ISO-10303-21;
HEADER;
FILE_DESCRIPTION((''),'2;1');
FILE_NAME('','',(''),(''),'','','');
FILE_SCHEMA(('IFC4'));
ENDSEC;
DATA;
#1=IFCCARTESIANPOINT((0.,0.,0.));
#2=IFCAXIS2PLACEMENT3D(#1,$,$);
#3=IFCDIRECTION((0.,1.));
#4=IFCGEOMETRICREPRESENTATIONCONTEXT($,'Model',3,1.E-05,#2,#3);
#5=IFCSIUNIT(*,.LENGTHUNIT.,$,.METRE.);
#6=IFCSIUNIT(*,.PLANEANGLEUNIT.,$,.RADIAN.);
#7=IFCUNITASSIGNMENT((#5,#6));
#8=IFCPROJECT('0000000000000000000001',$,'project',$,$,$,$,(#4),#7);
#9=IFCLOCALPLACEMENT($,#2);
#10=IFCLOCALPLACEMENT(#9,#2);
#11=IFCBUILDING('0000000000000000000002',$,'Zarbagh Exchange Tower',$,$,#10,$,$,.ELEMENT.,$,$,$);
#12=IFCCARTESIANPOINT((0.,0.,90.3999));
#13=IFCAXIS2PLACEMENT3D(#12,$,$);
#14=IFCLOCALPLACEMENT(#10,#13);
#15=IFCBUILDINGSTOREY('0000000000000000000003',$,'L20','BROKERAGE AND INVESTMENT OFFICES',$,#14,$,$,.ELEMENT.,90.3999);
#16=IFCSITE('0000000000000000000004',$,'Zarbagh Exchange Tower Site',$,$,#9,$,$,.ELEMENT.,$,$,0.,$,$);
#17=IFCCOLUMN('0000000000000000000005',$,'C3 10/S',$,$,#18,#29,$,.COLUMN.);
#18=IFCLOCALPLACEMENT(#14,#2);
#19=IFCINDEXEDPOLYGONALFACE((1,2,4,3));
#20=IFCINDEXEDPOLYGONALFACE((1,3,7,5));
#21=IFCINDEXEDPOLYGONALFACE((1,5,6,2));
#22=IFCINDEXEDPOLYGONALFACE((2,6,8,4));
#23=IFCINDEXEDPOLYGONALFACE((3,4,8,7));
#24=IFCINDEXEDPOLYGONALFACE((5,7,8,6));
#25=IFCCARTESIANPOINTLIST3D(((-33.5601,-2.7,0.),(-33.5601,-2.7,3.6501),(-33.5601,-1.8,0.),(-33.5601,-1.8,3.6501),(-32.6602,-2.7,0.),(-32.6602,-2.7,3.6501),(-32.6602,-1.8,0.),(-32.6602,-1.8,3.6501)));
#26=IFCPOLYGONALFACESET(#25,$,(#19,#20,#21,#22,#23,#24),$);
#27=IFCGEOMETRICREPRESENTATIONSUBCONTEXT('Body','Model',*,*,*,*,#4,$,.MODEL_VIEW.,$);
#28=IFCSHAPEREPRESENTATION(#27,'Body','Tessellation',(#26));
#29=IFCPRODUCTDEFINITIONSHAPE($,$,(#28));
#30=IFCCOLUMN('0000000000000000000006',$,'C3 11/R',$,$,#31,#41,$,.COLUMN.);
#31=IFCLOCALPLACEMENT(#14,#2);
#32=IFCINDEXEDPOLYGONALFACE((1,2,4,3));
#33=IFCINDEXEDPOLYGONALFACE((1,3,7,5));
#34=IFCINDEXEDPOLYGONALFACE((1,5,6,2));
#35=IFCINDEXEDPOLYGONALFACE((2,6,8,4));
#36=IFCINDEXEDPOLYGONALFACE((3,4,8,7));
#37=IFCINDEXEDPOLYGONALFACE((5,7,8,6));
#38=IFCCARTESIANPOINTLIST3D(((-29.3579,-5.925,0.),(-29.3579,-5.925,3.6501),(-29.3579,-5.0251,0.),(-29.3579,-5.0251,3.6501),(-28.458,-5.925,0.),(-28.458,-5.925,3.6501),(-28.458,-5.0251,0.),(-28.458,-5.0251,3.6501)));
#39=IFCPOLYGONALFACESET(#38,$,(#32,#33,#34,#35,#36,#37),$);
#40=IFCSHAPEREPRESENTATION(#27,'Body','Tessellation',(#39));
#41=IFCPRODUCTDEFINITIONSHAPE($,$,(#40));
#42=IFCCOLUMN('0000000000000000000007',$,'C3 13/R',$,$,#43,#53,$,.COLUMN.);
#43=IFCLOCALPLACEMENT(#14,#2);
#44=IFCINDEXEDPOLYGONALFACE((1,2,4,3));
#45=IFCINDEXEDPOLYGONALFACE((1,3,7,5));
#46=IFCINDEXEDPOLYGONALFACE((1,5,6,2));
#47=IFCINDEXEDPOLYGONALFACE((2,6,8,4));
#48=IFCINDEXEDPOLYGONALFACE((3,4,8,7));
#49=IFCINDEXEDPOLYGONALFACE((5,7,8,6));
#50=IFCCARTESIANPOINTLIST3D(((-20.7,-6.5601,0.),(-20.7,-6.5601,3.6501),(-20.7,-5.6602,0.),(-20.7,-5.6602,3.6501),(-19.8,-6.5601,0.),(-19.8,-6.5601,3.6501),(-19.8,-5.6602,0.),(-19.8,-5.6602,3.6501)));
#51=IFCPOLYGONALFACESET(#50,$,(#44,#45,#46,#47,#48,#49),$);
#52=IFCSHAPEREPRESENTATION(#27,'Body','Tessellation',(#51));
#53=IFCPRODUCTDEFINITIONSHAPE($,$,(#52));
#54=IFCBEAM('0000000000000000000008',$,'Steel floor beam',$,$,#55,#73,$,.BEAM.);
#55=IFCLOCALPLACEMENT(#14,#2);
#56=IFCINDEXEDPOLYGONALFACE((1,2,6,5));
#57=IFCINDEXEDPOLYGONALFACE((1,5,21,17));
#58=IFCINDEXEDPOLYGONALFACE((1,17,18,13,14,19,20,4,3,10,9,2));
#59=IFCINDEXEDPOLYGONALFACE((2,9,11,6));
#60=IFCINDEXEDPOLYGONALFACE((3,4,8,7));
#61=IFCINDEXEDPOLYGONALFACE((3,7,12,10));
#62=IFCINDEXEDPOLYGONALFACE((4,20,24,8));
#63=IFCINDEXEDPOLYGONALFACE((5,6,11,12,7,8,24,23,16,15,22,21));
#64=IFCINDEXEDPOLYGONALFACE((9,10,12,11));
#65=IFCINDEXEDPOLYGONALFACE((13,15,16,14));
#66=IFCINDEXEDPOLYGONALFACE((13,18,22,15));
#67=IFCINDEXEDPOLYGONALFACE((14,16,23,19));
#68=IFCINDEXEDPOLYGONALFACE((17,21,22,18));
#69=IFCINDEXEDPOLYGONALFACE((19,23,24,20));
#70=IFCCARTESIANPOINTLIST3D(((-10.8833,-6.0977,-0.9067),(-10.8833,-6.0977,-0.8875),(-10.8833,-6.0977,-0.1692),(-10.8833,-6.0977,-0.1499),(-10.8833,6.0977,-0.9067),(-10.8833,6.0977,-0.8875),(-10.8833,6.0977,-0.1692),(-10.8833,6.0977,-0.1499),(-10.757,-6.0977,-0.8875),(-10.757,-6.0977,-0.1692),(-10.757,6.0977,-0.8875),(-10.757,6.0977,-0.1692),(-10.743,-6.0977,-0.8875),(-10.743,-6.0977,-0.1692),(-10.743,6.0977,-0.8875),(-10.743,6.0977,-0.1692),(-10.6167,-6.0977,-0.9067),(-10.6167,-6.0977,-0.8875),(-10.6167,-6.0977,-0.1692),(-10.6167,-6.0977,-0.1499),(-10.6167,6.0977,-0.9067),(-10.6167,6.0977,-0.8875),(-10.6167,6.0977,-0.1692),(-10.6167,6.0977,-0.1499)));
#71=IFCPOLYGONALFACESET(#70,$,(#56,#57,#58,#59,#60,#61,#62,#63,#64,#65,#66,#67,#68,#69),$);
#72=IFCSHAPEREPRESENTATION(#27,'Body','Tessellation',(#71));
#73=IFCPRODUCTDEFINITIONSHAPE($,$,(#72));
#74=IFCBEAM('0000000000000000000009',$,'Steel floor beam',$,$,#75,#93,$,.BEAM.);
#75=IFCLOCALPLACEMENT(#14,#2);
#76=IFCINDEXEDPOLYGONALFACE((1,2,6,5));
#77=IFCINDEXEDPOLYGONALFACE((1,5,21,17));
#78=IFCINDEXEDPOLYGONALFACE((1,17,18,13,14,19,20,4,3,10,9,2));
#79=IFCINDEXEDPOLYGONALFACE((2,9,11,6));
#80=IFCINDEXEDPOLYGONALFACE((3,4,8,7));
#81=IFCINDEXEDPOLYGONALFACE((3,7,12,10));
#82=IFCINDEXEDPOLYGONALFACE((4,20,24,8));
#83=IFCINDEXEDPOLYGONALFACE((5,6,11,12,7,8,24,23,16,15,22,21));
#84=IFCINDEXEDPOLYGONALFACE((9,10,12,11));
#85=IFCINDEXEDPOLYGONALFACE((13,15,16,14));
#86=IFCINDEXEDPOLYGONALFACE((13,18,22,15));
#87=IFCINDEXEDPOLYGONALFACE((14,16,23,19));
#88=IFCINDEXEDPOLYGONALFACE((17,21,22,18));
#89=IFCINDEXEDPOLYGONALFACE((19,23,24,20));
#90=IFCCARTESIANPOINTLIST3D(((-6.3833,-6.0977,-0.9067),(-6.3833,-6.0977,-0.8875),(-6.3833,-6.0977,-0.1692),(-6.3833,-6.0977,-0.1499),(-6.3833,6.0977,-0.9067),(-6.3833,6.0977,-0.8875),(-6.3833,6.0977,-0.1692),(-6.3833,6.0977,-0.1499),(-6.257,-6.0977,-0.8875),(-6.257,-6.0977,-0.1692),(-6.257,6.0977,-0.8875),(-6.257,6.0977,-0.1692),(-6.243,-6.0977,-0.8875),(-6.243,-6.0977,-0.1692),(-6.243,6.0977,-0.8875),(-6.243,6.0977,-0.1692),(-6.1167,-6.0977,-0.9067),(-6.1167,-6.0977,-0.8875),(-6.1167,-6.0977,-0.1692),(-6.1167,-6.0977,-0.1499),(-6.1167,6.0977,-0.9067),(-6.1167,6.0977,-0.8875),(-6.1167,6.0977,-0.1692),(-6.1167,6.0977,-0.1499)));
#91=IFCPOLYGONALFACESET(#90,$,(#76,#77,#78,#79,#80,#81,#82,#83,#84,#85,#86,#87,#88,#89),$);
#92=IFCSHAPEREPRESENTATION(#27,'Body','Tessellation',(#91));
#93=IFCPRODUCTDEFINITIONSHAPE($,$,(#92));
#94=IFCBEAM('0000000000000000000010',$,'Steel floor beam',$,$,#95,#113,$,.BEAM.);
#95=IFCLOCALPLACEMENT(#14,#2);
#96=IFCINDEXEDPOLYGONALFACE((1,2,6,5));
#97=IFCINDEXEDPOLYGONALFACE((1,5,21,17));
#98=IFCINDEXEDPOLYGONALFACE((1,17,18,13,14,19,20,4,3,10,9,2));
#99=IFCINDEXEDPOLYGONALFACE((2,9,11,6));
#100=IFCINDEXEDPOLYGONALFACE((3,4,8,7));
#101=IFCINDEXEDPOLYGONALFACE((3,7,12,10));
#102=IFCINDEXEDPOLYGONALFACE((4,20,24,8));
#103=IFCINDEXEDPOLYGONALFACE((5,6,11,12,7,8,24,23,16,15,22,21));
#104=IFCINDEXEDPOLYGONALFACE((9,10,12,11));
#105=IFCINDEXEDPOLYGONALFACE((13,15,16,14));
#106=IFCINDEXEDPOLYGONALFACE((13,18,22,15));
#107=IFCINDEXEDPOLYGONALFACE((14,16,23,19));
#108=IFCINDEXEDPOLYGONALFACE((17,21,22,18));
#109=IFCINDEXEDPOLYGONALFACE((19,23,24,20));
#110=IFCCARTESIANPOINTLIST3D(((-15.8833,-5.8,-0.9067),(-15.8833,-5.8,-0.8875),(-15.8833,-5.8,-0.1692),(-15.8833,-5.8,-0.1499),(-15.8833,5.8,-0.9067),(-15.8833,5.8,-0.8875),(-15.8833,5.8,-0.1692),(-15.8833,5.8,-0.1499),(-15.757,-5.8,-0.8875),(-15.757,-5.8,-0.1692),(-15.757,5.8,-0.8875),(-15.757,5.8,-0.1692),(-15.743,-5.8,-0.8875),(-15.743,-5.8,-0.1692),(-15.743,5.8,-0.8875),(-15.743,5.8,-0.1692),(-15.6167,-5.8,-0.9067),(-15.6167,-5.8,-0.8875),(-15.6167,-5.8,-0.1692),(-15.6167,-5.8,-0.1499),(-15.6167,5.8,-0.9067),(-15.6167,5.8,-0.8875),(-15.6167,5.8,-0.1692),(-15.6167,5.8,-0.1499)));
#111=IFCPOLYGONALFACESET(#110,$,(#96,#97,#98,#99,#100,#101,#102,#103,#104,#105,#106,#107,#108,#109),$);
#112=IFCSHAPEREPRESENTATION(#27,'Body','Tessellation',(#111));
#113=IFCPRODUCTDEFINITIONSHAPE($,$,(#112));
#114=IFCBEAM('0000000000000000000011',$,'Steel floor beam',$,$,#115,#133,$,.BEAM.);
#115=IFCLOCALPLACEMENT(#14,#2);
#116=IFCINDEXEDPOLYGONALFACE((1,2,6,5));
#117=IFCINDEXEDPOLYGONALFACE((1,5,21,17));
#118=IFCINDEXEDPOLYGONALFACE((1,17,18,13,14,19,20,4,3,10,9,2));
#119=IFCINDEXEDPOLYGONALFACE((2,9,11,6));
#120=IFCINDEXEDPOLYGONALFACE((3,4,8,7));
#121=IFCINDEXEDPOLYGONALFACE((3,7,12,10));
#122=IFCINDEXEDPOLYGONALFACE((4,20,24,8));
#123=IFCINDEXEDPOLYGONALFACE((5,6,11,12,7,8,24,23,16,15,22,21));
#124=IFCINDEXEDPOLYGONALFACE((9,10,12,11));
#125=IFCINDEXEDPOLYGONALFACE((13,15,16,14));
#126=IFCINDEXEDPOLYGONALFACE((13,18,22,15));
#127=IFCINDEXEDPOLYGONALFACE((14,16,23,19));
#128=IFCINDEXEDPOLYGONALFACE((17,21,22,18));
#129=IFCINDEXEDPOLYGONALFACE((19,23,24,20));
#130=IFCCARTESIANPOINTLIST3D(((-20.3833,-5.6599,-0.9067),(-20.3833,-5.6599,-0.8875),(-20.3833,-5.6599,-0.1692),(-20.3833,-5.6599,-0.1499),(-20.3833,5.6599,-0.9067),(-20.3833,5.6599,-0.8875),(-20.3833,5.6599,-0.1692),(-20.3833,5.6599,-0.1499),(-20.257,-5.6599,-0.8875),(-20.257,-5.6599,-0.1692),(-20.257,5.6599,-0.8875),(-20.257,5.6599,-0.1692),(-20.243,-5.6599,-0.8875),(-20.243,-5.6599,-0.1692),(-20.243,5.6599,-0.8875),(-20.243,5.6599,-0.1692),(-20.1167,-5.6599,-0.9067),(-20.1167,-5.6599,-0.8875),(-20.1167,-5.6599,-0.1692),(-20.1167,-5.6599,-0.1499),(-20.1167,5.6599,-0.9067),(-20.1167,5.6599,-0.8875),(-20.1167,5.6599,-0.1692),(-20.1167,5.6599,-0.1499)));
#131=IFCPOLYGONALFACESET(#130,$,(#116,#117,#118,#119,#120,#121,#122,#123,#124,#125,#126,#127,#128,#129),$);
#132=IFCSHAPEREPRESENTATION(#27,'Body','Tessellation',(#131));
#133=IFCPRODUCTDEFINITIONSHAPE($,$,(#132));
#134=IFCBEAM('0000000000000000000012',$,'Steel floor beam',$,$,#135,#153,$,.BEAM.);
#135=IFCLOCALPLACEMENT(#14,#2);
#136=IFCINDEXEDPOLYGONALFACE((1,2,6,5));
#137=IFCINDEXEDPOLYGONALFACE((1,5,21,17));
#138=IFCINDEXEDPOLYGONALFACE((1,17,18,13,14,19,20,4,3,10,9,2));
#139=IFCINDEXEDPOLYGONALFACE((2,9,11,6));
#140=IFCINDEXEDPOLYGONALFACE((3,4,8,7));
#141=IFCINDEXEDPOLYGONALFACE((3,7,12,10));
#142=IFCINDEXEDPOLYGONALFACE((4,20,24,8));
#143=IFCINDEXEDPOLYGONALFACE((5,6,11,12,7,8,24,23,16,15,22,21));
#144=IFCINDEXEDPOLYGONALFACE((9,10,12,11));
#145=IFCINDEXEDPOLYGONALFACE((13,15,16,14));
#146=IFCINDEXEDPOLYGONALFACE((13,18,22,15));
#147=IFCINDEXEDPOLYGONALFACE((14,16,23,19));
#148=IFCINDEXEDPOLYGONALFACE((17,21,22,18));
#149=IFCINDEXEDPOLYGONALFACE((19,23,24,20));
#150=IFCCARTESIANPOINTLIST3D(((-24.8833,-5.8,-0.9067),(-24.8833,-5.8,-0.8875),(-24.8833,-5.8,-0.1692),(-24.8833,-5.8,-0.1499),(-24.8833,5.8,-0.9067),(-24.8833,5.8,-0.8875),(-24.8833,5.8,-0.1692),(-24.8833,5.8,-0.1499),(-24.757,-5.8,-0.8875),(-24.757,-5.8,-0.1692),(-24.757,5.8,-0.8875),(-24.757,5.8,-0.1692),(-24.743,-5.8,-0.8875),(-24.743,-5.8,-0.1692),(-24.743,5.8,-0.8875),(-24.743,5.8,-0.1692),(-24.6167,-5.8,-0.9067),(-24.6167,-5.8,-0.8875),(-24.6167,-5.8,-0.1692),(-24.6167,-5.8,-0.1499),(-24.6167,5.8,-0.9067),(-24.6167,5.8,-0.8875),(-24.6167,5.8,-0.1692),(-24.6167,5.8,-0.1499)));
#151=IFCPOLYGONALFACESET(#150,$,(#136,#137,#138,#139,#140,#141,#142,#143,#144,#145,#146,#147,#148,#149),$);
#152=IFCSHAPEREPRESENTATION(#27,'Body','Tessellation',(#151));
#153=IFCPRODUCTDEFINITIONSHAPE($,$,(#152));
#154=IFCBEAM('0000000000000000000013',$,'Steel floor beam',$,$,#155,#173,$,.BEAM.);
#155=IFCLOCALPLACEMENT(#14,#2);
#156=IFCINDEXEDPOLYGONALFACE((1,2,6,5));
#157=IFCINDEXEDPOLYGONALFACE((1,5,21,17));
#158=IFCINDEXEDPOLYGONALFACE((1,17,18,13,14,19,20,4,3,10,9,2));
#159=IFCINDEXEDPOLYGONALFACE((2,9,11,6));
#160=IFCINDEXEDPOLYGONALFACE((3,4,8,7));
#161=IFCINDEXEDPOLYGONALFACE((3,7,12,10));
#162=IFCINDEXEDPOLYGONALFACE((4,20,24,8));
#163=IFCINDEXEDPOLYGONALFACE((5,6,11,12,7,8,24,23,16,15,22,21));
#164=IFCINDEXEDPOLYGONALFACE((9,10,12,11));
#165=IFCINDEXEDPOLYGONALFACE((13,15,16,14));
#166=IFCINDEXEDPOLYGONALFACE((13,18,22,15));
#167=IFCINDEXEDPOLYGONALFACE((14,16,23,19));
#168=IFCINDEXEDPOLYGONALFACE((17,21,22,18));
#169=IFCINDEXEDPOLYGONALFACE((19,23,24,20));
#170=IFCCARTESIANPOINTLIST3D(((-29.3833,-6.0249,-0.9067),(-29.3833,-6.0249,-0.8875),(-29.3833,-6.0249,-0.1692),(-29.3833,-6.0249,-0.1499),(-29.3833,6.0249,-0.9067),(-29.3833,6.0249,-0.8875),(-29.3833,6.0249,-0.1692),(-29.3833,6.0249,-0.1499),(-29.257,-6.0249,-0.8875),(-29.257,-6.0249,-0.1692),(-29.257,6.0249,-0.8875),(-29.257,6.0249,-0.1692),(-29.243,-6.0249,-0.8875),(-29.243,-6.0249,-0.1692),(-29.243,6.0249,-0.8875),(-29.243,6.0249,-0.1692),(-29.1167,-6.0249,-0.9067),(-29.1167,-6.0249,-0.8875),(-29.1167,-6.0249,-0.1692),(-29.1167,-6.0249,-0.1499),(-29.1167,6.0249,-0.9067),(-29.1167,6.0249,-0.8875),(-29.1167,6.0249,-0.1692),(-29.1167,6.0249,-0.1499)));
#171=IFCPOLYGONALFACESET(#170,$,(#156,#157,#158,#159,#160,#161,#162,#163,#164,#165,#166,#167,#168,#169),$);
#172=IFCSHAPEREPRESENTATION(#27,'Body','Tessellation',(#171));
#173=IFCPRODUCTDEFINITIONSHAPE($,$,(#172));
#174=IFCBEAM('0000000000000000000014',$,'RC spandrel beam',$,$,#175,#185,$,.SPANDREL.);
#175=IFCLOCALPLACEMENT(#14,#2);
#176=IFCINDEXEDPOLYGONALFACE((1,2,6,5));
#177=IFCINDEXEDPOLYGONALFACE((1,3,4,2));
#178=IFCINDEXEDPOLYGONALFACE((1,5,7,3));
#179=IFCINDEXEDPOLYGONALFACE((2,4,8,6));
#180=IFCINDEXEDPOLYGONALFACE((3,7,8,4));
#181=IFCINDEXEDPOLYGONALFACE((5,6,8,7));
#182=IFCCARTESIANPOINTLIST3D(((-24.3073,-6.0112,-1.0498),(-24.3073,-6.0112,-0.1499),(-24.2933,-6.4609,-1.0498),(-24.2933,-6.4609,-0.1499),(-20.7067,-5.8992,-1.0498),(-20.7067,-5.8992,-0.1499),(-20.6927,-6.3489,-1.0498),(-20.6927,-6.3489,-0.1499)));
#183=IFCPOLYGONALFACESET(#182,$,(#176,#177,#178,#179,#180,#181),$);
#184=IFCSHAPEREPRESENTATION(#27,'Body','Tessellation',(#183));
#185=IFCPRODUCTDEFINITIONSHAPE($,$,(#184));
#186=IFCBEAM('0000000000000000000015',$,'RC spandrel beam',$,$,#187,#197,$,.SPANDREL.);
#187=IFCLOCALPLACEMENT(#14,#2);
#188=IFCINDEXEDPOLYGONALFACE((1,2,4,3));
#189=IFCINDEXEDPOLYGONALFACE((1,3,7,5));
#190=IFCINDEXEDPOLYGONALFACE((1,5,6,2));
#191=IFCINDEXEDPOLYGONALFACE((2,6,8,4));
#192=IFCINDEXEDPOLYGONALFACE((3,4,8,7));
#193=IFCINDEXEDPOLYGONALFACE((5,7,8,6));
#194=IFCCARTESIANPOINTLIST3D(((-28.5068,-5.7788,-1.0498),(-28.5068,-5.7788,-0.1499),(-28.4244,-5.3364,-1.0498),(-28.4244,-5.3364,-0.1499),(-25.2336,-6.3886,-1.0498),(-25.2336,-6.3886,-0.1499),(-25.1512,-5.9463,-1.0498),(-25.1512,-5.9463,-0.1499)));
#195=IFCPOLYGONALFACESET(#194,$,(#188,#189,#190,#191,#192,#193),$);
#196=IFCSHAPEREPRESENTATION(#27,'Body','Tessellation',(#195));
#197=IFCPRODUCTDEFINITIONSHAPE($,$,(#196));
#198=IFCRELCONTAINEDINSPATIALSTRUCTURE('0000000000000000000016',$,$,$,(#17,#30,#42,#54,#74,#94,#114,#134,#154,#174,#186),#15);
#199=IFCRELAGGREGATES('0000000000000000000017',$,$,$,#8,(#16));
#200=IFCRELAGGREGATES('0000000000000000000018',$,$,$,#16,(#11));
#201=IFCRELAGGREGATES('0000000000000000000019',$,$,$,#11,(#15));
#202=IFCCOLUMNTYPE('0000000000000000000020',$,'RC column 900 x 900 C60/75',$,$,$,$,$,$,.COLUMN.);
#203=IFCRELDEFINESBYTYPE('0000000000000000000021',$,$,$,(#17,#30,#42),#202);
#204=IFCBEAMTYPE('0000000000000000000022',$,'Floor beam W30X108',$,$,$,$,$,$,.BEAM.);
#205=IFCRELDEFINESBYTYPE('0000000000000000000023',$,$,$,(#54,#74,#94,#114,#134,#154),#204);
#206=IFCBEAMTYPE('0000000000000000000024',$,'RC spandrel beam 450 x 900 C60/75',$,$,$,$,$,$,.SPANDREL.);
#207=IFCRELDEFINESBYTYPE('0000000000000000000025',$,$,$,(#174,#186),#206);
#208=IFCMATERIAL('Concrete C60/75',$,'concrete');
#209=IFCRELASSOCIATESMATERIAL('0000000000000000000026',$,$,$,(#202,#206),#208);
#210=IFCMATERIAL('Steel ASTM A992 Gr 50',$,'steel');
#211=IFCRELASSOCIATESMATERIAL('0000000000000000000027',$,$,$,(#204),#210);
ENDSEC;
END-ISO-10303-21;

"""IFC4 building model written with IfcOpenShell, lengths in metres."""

from ifc_helpers import new_model, si_unit, direction, frame, origin, origin_2d, place, context, subcontext, project, spatial, rectangle, i_section, extrude, material, material_profile, profile_set, type_object, element, save


model = new_model("IFC4")

# Units and contexts
model_context = context("Model", 3, precision=1e-05, world=origin(), true_north=direction((0.0, 1.0)))
body_context = subcontext(model_context, "Body", "Model", "MODEL_VIEW")
ifc_project = project(units=[si_unit("LENGTHUNIT", "METRE"), si_unit("PLANEANGLEUNIT", "RADIAN")], contexts=[model_context])

# Site, building, storey
site_placement = place(None, origin())
site = spatial("IfcSite", under=ifc_project, at=site_placement, Name="Zarbagh Exchange Tower Site", CompositionType="ELEMENT", RefElevation=0.0)
building_placement = place(site_placement, origin())
building = spatial("IfcBuilding", under=site, at=building_placement, Name="Zarbagh Exchange Tower", CompositionType="ELEMENT")
storey_placement = place(building_placement, frame((0.0, 0.0, 90.3999)))
storey = spatial("IfcBuildingStorey", under=building, at=storey_placement, Name="L20", Description="BROKERAGE AND INVESTMENT OFFICES", CompositionType="ELEMENT", Elevation=90.3999)

# Columns
ifc_material_1 = material(Name="Concrete C60/75", Category="concrete")
ifc_material_profile_1 = material_profile(ifc_material_1, rectangle(XDim=0.8999, YDim=0.8999, at=origin_2d()), Name="RC column 900 x 900 C60/75")
ifc_profile_set_1 = profile_set([ifc_material_profile_1], Name="Concrete C60/75")
column_type = type_object("IfcColumnType", Name="RC column 900 x 900 C60/75", PredefinedType="COLUMN", material=ifc_profile_set_1)
for number, where, z_axis, x_axis, name in (
    (1, (-33.1101, -2.25, 0.0), (0.0, 0.0, 1.0), (1.0, 0.0, 0.0), "C3 10/S"),
    (2, (-28.908, -5.4751, 0.0), (0.0, 0.0, 1.0), (1.0, 0.0, 0.0), "C3 11/R"),
    (3, (-20.25, -6.1101, 0.0), (0.0, 0.0, 1.0), (1.0, 0.0, 0.0), "C3 13/R"),
):
    element("IfcColumn", number, at=place(storey_placement, frame(where, z_axis=z_axis, x_axis=x_axis)), inside=storey, type_object=column_type, Name=name, PredefinedType="COLUMN", context=body_context, shape_type="SweptSolid", body=[
        extrude(rectangle(XDim=0.8999, YDim=0.8999, at=origin_2d()), origin(), (0.0, 0.0, 1.0), 3.6501),
    ])

# Beams
ifc_material_2 = material(Name="Steel ASTM A992 Gr 50", Category="steel")
ifc_material_profile_2 = material_profile(ifc_material_2, i_section(OverallWidth=0.2666, OverallDepth=0.7568, WebThickness=0.0139, FlangeThickness=0.0193, at=origin_2d()), Name="W30X108")
ifc_profile_set_2 = profile_set([ifc_material_profile_2], Name="Steel ASTM A992 Gr 50")
beam_type_1 = type_object("IfcBeamType", Name="Floor beam W30X108", PredefinedType="BEAM", material=ifc_profile_set_2)
for number, where, z_axis, x_axis, name in (
    (4, (-10.75, -6.0977, -0.5283), (0.0, 1.0, 0.0), (-1.0, 0.0, 0.0), "Steel floor beam"),
    (5, (-6.25, -6.0977, -0.5283), (0.0, 1.0, 0.0), (-1.0, 0.0, 0.0), "Steel floor beam"),
):
    element("IfcBeam", number, at=place(storey_placement, frame(where, z_axis=z_axis, x_axis=x_axis)), inside=storey, type_object=beam_type_1, Name=name, PredefinedType="BEAM", context=body_context, shape_type="SweptSolid", body=[
        extrude(i_section(OverallWidth=0.2666, OverallDepth=0.7568, WebThickness=0.0139, FlangeThickness=0.0193, at=origin_2d()), origin(), (0.0, 0.0, 1.0), 12.1953),
    ])
beam_1_placement = place(storey_placement, frame((-15.75, -5.8, -0.5283), z_axis=(0.0, 1.0, 0.0), x_axis=(-1.0, 0.0, 0.0)))
element("IfcBeam", 6, at=beam_1_placement, inside=storey, type_object=beam_type_1, Name="Steel floor beam", PredefinedType="BEAM", context=body_context, shape_type="SweptSolid", body=[
    extrude(i_section(OverallWidth=0.2666, OverallDepth=0.7568, WebThickness=0.0139, FlangeThickness=0.0193, at=origin_2d()), origin(), (0.0, 0.0, 1.0), 11.6001),
])
beam_2_placement = place(storey_placement, frame((-20.25, -5.6599, -0.5283), z_axis=(0.0, 1.0, 0.0), x_axis=(-1.0, 0.0, 0.0)))
element("IfcBeam", 7, at=beam_2_placement, inside=storey, type_object=beam_type_1, Name="Steel floor beam", PredefinedType="BEAM", context=body_context, shape_type="SweptSolid", body=[
    extrude(i_section(OverallWidth=0.2666, OverallDepth=0.7568, WebThickness=0.0139, FlangeThickness=0.0193, at=origin_2d()), origin(), (0.0, 0.0, 1.0), 11.3198),
])
beam_3_placement = place(storey_placement, frame((-24.75, -5.8, -0.5283), z_axis=(0.0, 1.0, 0.0), x_axis=(-1.0, 0.0, 0.0)))
element("IfcBeam", 8, at=beam_3_placement, inside=storey, type_object=beam_type_1, Name="Steel floor beam", PredefinedType="BEAM", context=body_context, shape_type="SweptSolid", body=[
    extrude(i_section(OverallWidth=0.2666, OverallDepth=0.7568, WebThickness=0.0139, FlangeThickness=0.0193, at=origin_2d()), origin(), (0.0, 0.0, 1.0), 11.6001),
])
beam_4_placement = place(storey_placement, frame((-29.25, -6.0249, -0.5283), z_axis=(0.0, 1.0, 0.0), x_axis=(-1.0, 0.0, 0.0)))
element("IfcBeam", 9, at=beam_4_placement, inside=storey, type_object=beam_type_1, Name="Steel floor beam", PredefinedType="BEAM", context=body_context, shape_type="SweptSolid", body=[
    extrude(i_section(OverallWidth=0.2666, OverallDepth=0.7568, WebThickness=0.0139, FlangeThickness=0.0193, at=origin_2d()), origin(), (0.0, 0.0, 1.0), 12.0498),
])
ifc_material_profile_3 = material_profile(ifc_material_1, rectangle(XDim=0.45, YDim=0.8999, at=origin_2d()), Name="RC spandrel beam 450 x 900 C60/75")
ifc_profile_set_3 = profile_set([ifc_material_profile_3], Name="Concrete C60/75")
beam_type_2 = type_object("IfcBeamType", Name="RC spandrel beam 450 x 900 C60/75", PredefinedType="SPANDREL", material=ifc_profile_set_3)
beam_5_placement = place(storey_placement, frame((-20.6997, -6.124, -0.5999), z_axis=(-0.999516, -0.031108, 0.0), x_axis=(0.031108, -0.999516, 0.0)))
element("IfcBeam", 10, at=beam_5_placement, inside=storey, type_object=beam_type_2, Name="RC spandrel beam", PredefinedType="SPANDREL", context=body_context, shape_type="SweptSolid", body=[
    extrude(rectangle(XDim=0.45, YDim=0.8999, at=origin_2d()), origin(), (0.0, 0.0, 1.0), 3.6023),
])
beam_6_placement = place(storey_placement, frame((-25.1924, -6.1675, -0.5999), z_axis=(-0.983082, 0.183168, 0.0), x_axis=(-0.183168, -0.983082, 0.0)))
element("IfcBeam", 11, at=beam_6_placement, inside=storey, type_object=beam_type_2, Name="RC spandrel beam", PredefinedType="SPANDREL", context=body_context, shape_type="SweptSolid", body=[
    extrude(rectangle(XDim=0.45, YDim=0.8999, at=origin_2d()), origin(), (0.0, 0.0, 1.0), 3.3296),
])

save(model, "model.ifc")
